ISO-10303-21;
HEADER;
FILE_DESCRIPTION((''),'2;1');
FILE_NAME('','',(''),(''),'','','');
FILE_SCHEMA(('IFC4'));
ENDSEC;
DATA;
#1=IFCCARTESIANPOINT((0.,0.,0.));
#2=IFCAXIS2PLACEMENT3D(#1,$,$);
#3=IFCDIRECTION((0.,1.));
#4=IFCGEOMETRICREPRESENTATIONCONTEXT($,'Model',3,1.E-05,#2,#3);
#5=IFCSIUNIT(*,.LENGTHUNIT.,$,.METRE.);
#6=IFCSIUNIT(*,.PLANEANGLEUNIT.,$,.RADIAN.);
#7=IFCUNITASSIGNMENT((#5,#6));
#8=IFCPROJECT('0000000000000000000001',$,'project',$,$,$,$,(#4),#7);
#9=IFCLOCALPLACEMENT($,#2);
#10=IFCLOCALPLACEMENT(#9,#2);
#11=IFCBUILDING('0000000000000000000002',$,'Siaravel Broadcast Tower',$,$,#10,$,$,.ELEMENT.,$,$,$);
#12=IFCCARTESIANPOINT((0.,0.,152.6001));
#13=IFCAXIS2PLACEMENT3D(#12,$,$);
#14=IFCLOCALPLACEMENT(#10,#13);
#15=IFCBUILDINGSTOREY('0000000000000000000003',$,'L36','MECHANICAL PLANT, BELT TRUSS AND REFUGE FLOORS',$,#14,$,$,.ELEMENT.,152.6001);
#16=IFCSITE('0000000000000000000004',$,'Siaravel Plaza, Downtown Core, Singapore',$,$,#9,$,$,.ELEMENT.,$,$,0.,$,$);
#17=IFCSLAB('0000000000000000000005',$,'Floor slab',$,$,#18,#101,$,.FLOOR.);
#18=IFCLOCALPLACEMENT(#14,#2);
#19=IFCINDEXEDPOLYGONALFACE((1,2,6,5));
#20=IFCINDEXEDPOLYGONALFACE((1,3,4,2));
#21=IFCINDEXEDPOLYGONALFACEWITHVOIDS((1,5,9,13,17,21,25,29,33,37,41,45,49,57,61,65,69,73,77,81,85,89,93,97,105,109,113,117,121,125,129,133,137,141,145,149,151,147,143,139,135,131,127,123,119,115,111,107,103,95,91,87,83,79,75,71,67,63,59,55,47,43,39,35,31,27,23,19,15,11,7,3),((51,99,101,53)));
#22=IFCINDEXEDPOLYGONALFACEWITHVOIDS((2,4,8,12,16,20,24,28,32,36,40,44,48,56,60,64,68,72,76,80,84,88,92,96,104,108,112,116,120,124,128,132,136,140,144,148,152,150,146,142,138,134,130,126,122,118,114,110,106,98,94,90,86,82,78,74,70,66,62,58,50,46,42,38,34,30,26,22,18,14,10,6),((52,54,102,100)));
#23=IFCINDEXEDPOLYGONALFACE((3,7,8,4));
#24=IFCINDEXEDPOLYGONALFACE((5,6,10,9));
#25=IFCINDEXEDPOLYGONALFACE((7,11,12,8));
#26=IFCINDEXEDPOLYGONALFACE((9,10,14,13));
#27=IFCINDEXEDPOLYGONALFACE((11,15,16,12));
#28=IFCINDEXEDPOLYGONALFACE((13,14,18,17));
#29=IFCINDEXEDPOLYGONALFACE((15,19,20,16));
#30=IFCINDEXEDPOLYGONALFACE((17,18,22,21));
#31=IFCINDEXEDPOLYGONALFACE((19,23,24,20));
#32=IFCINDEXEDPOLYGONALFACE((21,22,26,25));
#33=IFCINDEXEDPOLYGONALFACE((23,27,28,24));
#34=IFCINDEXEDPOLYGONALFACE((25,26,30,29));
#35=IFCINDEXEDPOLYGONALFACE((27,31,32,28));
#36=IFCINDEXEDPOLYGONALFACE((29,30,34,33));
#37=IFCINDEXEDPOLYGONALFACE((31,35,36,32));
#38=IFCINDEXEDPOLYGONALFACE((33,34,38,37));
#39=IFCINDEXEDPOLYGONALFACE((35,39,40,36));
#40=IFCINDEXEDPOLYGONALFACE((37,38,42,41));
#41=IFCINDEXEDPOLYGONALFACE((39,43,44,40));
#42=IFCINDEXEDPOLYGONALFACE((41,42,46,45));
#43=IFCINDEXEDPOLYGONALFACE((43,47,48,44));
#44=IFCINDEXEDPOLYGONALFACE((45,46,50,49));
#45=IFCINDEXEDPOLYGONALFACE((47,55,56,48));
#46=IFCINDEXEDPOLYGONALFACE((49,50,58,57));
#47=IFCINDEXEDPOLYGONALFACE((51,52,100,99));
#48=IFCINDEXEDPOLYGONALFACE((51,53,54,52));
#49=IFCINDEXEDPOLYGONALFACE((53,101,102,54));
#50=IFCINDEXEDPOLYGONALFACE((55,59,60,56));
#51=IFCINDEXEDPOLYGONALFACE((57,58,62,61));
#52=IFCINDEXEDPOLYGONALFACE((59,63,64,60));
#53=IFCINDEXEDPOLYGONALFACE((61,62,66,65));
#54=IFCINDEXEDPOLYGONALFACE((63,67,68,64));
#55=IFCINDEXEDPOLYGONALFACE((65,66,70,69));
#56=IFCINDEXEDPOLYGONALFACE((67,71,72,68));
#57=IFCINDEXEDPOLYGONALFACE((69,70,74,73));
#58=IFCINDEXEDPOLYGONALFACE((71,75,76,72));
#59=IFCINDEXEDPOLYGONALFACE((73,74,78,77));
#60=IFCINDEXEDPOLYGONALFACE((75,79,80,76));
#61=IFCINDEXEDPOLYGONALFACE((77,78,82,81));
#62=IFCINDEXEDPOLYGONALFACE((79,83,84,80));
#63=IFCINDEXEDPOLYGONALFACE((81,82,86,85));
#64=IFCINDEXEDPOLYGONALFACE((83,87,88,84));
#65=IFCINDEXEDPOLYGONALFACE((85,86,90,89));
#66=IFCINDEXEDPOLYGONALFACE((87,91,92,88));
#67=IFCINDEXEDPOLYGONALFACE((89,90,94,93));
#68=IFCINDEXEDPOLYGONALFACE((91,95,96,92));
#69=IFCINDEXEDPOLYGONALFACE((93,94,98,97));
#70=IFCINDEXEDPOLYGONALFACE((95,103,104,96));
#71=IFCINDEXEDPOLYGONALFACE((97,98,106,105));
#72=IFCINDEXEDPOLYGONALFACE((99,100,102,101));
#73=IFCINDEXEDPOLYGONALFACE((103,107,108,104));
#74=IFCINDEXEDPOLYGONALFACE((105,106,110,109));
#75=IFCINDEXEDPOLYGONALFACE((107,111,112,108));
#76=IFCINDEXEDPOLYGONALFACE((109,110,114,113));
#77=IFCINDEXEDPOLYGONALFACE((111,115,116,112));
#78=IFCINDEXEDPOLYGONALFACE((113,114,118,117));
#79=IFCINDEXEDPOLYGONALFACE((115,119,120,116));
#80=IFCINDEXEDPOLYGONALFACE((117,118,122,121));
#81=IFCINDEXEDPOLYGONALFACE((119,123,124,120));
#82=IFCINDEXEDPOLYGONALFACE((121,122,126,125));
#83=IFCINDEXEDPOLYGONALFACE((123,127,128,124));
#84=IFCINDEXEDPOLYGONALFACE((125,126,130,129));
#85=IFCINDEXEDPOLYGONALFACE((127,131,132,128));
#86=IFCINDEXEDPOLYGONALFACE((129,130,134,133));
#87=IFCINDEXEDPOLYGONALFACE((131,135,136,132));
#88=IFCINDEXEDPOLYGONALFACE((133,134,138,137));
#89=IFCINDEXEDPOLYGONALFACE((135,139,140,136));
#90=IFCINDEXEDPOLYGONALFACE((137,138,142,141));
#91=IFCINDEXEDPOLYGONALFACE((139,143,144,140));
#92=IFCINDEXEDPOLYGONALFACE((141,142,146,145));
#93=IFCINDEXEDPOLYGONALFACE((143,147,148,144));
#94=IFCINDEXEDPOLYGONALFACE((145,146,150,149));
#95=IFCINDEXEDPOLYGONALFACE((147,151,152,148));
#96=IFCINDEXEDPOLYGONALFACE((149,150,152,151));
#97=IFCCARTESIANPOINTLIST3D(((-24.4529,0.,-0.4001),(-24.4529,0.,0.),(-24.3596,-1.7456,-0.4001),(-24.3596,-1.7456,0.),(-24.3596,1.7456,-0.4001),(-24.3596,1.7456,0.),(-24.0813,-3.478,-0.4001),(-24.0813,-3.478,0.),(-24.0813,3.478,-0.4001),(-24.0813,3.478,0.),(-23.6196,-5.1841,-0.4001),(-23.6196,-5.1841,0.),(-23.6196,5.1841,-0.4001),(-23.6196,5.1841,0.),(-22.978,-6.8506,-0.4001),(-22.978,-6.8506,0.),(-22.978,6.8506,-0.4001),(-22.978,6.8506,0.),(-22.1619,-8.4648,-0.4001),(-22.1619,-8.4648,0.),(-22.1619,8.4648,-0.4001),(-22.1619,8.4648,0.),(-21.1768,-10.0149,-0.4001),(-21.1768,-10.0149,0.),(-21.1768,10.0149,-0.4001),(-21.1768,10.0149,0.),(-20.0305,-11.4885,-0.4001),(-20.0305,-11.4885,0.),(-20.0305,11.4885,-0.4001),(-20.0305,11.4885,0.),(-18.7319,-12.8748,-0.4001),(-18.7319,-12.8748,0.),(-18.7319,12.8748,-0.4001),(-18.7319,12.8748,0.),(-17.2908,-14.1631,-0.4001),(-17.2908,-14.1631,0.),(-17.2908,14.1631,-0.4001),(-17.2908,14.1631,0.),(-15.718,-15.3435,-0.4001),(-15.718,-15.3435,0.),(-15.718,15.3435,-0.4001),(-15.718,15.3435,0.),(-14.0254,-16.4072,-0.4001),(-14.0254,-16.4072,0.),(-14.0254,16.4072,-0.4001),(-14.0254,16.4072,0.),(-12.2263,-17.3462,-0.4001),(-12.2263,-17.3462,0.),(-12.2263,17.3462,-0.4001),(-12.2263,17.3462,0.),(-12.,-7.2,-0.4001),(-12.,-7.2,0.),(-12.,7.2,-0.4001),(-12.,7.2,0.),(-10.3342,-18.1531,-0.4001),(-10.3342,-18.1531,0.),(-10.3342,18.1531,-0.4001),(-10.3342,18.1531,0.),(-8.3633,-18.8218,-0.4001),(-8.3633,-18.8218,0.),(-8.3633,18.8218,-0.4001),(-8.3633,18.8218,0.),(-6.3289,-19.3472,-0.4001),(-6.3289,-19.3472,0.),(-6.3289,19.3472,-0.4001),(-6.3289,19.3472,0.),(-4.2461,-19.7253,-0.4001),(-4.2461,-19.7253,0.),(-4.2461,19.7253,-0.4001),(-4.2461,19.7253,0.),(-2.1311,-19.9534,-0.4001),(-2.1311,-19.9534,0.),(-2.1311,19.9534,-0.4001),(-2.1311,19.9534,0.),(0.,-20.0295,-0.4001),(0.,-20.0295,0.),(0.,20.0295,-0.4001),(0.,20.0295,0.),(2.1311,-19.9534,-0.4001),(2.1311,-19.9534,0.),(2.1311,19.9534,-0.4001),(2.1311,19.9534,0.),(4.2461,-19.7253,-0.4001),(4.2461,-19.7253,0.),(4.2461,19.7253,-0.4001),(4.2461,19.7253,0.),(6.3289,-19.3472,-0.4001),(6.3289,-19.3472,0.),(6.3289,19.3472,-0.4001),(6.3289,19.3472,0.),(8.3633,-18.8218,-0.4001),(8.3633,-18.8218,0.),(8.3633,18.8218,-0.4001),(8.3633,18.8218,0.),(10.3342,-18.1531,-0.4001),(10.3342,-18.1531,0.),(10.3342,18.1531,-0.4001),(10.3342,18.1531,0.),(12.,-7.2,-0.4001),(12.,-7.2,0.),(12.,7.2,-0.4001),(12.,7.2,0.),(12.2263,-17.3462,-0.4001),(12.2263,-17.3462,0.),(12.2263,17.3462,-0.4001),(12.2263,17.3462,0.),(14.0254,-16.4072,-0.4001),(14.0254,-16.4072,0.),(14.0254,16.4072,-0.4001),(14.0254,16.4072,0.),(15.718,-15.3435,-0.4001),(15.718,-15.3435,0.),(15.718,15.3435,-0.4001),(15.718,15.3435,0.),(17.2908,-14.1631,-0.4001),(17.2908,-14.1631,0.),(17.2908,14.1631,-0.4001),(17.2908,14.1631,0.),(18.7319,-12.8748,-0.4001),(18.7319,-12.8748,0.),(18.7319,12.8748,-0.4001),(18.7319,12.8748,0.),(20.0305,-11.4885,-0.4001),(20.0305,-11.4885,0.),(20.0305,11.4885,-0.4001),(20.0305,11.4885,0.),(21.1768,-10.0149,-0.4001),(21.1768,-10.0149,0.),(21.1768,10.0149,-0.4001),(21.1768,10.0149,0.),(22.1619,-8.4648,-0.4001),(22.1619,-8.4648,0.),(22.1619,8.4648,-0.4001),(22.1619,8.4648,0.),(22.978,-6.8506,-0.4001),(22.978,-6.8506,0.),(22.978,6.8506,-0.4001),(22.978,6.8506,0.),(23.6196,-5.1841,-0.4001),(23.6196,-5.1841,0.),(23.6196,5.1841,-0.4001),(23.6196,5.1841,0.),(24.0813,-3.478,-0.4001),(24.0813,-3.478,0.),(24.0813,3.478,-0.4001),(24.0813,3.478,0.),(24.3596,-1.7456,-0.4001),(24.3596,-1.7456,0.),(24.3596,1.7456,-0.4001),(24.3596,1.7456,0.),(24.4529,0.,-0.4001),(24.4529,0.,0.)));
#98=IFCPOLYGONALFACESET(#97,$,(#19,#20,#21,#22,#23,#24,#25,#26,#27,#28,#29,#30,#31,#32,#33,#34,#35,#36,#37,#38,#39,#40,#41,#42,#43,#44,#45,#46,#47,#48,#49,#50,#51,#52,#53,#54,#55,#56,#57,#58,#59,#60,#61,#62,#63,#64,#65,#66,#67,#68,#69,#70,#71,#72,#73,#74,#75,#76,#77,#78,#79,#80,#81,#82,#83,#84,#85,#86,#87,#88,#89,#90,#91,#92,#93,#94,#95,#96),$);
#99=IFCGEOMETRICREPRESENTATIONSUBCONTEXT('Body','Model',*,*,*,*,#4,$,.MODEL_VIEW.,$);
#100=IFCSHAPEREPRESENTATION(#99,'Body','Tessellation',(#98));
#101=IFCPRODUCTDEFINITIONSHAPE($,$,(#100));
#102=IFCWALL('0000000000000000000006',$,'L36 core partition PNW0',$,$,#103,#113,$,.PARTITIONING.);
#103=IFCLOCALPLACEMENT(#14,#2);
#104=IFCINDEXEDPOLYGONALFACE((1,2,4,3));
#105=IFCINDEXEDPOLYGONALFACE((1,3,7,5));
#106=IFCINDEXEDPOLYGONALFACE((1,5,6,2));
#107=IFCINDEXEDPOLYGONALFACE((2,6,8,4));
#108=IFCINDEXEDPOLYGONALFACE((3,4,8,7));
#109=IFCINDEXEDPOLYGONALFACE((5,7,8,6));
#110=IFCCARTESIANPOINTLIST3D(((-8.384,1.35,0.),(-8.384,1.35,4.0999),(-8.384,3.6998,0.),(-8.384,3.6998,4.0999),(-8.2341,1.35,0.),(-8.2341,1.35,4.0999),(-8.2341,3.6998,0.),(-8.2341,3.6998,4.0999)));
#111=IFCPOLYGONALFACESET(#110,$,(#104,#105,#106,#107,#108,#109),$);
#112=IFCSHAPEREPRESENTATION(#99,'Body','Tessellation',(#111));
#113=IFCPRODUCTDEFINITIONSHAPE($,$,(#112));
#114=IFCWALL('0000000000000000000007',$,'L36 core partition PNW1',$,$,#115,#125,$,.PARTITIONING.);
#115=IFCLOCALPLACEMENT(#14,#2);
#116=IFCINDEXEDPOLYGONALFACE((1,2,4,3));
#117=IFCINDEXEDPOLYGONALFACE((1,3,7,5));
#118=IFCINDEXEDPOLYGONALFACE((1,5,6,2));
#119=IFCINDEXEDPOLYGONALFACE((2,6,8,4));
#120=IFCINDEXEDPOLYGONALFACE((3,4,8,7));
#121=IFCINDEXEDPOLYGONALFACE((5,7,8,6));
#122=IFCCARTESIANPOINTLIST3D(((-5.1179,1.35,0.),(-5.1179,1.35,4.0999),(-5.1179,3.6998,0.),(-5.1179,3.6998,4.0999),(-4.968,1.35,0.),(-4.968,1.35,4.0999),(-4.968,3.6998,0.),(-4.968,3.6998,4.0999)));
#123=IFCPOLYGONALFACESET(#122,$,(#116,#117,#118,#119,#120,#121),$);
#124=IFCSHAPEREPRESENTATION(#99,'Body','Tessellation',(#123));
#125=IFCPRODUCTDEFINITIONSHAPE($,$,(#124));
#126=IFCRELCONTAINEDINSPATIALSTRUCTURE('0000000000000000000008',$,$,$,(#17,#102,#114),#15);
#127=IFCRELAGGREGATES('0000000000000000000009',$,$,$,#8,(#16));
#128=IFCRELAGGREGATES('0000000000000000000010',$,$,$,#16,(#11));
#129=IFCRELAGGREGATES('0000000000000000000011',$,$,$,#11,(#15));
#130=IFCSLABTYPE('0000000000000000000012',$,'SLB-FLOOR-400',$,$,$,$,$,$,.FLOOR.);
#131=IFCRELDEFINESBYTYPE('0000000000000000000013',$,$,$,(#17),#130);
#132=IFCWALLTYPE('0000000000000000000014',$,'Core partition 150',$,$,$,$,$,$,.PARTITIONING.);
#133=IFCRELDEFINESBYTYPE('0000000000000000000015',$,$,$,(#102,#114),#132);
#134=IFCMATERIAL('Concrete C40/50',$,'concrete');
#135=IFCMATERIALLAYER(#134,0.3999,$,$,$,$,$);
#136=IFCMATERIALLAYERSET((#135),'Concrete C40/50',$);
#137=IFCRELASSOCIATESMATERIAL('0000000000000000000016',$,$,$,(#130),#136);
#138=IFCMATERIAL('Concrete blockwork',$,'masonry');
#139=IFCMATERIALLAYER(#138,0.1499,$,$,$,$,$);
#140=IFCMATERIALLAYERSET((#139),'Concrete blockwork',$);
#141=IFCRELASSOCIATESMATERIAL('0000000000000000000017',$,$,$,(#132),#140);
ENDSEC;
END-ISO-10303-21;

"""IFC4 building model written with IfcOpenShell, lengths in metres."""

from ifc_helpers import new_model, si_unit, direction, frame, frame_2d, origin, place, context, subcontext, project, spatial, polyline, rectangle, outline, extrude, material, layer, layer_set, type_object, element, save


model = new_model("IFC4")

# Units and contexts
model_context = context("Model", 3, precision=1e-05, world=origin(), true_north=direction((0.0, 1.0)))
body_context = subcontext(model_context, "Body", "Model", "MODEL_VIEW")
ifc_project = project(units=[si_unit("LENGTHUNIT", "METRE"), si_unit("PLANEANGLEUNIT", "RADIAN")], contexts=[model_context])

# Site, building, storey
site_placement = place(None, origin())
site = spatial("IfcSite", under=ifc_project, at=site_placement, Name="Siaravel Plaza, Downtown Core, Singapore", CompositionType="ELEMENT", RefElevation=0.0)
building_placement = place(site_placement, origin())
building = spatial("IfcBuilding", under=site, at=building_placement, Name="Siaravel Broadcast Tower", CompositionType="ELEMENT")
storey_placement = place(building_placement, frame((0.0, 0.0, 152.6001)))
storey = spatial("IfcBuildingStorey", under=building, at=storey_placement, Name="L36", Description="MECHANICAL PLANT, BELT TRUSS AND REFUGE FLOORS", CompositionType="ELEMENT", Elevation=152.6001)

# Slab
ifc_material_1 = material(Name="Concrete C40/50", Category="concrete")
ifc_layer_1 = layer(ifc_material_1, 0.3999)
ifc_layer_set_1 = layer_set([ifc_layer_1], Name="Concrete C40/50")
slab_type = type_object("IfcSlabType", Name="SLB-FLOOR-400", PredefinedType="FLOOR", material=ifc_layer_set_1)
slab_placement = place(storey_placement, frame((0.0, 0.0, -0.4001)))
element("IfcSlab", 1, at=slab_placement, inside=storey, type_object=slab_type, Name="Floor slab", PredefinedType="FLOOR", context=body_context, shape_type="SweptSolid", body=[
    extrude(outline(polyline([(24.4529, 0.0), (24.3596, 1.7456), (24.0813, 3.478), (23.6196, 5.1841), (22.978, 6.8506), (22.1619, 8.4648), (21.1768, 10.0149), (20.0305, 11.4885), (18.7319, 12.8748), (17.2908, 14.1631), (15.718, 15.3435), (14.0254, 16.4072), (12.2263, 17.3462), (10.3342, 18.1531), (8.3633, 18.8218), (6.3289, 19.3472), (4.2461, 19.7253), (2.1311, 19.9534), (0.0, 20.0295), (-2.1311, 19.9534), (-4.2461, 19.7253), (-6.3289, 19.3472), (-8.3633, 18.8218), (-10.3342, 18.1531), (-12.2263, 17.3462), (-14.0254, 16.4072), (-15.718, 15.3435), (-17.2908, 14.1631), (-18.7319, 12.8748), (-20.0305, 11.4885), (-21.1768, 10.0149), (-22.1619, 8.4648), (-22.978, 6.8506), (-23.6196, 5.1841), (-24.0813, 3.478), (-24.3596, 1.7456), (-24.4529, 0.0), (-24.3596, -1.7456), (-24.0813, -3.478), (-23.6196, -5.1841), (-22.978, -6.8506), (-22.1619, -8.4648), (-21.1768, -10.0149), (-20.0305, -11.4885), (-18.7319, -12.8748), (-17.2908, -14.1631), (-15.718, -15.3435), (-14.0254, -16.4072), (-12.2263, -17.3462), (-10.3342, -18.1531), (-8.3633, -18.8218), (-6.3289, -19.3472), (-4.2461, -19.7253), (-2.1311, -19.9534), (0.0, -20.0295), (2.1311, -19.9534), (4.2461, -19.7253), (6.3289, -19.3472), (8.3633, -18.8218), (10.3342, -18.1531), (12.2263, -17.3462), (14.0254, -16.4072), (15.718, -15.3435), (17.2908, -14.1631), (18.7319, -12.8748), (20.0305, -11.4885), (21.1768, -10.0149), (22.1619, -8.4648), (22.978, -6.8506), (23.6196, -5.1841), (24.0813, -3.478), (24.3596, -1.7456), (24.4529, 0.0)]), holes=[polyline([(-12.0, 7.2), (12.0, 7.2), (12.0, -7.2), (-12.0, -7.2), (-12.0, 7.2)])]), origin(), (0.0, 0.0, 1.0), 0.4001),
])

# Walls
ifc_material_2 = material(Name="Concrete blockwork", Category="masonry")
ifc_layer_2 = layer(ifc_material_2, 0.1499)
ifc_layer_set_2 = layer_set([ifc_layer_2], Name="Concrete blockwork")
wall_type_1 = type_object("IfcWallType", Name="Core partition 150", PredefinedType="PARTITIONING", material=ifc_layer_set_2)
for number, where, z_axis, x_axis, name in (
    (2, (-8.3091, 1.3501, 0.0), (0.0, 0.0, 1.0), (0.0, 1.0, 0.0), "L36 core partition PNW0"),
    (3, (-5.043, 1.3501, 0.0), (0.0, 0.0, 1.0), (0.0, 1.0, 0.0), "L36 core partition PNW1"),
):
    element("IfcWall", number, at=place(storey_placement, frame(where, z_axis=z_axis, x_axis=x_axis)), inside=storey, type_object=wall_type_1, Name=name, PredefinedType="PARTITIONING", context=body_context, shape_type="SweptSolid", body=[
        extrude(rectangle(XDim=2.3499, YDim=0.1499, at=frame_2d((1.1748, 0.0))), origin(), (0.0, 0.0, 1.0), 4.0999),
    ])

save(model, "model.ifc")
